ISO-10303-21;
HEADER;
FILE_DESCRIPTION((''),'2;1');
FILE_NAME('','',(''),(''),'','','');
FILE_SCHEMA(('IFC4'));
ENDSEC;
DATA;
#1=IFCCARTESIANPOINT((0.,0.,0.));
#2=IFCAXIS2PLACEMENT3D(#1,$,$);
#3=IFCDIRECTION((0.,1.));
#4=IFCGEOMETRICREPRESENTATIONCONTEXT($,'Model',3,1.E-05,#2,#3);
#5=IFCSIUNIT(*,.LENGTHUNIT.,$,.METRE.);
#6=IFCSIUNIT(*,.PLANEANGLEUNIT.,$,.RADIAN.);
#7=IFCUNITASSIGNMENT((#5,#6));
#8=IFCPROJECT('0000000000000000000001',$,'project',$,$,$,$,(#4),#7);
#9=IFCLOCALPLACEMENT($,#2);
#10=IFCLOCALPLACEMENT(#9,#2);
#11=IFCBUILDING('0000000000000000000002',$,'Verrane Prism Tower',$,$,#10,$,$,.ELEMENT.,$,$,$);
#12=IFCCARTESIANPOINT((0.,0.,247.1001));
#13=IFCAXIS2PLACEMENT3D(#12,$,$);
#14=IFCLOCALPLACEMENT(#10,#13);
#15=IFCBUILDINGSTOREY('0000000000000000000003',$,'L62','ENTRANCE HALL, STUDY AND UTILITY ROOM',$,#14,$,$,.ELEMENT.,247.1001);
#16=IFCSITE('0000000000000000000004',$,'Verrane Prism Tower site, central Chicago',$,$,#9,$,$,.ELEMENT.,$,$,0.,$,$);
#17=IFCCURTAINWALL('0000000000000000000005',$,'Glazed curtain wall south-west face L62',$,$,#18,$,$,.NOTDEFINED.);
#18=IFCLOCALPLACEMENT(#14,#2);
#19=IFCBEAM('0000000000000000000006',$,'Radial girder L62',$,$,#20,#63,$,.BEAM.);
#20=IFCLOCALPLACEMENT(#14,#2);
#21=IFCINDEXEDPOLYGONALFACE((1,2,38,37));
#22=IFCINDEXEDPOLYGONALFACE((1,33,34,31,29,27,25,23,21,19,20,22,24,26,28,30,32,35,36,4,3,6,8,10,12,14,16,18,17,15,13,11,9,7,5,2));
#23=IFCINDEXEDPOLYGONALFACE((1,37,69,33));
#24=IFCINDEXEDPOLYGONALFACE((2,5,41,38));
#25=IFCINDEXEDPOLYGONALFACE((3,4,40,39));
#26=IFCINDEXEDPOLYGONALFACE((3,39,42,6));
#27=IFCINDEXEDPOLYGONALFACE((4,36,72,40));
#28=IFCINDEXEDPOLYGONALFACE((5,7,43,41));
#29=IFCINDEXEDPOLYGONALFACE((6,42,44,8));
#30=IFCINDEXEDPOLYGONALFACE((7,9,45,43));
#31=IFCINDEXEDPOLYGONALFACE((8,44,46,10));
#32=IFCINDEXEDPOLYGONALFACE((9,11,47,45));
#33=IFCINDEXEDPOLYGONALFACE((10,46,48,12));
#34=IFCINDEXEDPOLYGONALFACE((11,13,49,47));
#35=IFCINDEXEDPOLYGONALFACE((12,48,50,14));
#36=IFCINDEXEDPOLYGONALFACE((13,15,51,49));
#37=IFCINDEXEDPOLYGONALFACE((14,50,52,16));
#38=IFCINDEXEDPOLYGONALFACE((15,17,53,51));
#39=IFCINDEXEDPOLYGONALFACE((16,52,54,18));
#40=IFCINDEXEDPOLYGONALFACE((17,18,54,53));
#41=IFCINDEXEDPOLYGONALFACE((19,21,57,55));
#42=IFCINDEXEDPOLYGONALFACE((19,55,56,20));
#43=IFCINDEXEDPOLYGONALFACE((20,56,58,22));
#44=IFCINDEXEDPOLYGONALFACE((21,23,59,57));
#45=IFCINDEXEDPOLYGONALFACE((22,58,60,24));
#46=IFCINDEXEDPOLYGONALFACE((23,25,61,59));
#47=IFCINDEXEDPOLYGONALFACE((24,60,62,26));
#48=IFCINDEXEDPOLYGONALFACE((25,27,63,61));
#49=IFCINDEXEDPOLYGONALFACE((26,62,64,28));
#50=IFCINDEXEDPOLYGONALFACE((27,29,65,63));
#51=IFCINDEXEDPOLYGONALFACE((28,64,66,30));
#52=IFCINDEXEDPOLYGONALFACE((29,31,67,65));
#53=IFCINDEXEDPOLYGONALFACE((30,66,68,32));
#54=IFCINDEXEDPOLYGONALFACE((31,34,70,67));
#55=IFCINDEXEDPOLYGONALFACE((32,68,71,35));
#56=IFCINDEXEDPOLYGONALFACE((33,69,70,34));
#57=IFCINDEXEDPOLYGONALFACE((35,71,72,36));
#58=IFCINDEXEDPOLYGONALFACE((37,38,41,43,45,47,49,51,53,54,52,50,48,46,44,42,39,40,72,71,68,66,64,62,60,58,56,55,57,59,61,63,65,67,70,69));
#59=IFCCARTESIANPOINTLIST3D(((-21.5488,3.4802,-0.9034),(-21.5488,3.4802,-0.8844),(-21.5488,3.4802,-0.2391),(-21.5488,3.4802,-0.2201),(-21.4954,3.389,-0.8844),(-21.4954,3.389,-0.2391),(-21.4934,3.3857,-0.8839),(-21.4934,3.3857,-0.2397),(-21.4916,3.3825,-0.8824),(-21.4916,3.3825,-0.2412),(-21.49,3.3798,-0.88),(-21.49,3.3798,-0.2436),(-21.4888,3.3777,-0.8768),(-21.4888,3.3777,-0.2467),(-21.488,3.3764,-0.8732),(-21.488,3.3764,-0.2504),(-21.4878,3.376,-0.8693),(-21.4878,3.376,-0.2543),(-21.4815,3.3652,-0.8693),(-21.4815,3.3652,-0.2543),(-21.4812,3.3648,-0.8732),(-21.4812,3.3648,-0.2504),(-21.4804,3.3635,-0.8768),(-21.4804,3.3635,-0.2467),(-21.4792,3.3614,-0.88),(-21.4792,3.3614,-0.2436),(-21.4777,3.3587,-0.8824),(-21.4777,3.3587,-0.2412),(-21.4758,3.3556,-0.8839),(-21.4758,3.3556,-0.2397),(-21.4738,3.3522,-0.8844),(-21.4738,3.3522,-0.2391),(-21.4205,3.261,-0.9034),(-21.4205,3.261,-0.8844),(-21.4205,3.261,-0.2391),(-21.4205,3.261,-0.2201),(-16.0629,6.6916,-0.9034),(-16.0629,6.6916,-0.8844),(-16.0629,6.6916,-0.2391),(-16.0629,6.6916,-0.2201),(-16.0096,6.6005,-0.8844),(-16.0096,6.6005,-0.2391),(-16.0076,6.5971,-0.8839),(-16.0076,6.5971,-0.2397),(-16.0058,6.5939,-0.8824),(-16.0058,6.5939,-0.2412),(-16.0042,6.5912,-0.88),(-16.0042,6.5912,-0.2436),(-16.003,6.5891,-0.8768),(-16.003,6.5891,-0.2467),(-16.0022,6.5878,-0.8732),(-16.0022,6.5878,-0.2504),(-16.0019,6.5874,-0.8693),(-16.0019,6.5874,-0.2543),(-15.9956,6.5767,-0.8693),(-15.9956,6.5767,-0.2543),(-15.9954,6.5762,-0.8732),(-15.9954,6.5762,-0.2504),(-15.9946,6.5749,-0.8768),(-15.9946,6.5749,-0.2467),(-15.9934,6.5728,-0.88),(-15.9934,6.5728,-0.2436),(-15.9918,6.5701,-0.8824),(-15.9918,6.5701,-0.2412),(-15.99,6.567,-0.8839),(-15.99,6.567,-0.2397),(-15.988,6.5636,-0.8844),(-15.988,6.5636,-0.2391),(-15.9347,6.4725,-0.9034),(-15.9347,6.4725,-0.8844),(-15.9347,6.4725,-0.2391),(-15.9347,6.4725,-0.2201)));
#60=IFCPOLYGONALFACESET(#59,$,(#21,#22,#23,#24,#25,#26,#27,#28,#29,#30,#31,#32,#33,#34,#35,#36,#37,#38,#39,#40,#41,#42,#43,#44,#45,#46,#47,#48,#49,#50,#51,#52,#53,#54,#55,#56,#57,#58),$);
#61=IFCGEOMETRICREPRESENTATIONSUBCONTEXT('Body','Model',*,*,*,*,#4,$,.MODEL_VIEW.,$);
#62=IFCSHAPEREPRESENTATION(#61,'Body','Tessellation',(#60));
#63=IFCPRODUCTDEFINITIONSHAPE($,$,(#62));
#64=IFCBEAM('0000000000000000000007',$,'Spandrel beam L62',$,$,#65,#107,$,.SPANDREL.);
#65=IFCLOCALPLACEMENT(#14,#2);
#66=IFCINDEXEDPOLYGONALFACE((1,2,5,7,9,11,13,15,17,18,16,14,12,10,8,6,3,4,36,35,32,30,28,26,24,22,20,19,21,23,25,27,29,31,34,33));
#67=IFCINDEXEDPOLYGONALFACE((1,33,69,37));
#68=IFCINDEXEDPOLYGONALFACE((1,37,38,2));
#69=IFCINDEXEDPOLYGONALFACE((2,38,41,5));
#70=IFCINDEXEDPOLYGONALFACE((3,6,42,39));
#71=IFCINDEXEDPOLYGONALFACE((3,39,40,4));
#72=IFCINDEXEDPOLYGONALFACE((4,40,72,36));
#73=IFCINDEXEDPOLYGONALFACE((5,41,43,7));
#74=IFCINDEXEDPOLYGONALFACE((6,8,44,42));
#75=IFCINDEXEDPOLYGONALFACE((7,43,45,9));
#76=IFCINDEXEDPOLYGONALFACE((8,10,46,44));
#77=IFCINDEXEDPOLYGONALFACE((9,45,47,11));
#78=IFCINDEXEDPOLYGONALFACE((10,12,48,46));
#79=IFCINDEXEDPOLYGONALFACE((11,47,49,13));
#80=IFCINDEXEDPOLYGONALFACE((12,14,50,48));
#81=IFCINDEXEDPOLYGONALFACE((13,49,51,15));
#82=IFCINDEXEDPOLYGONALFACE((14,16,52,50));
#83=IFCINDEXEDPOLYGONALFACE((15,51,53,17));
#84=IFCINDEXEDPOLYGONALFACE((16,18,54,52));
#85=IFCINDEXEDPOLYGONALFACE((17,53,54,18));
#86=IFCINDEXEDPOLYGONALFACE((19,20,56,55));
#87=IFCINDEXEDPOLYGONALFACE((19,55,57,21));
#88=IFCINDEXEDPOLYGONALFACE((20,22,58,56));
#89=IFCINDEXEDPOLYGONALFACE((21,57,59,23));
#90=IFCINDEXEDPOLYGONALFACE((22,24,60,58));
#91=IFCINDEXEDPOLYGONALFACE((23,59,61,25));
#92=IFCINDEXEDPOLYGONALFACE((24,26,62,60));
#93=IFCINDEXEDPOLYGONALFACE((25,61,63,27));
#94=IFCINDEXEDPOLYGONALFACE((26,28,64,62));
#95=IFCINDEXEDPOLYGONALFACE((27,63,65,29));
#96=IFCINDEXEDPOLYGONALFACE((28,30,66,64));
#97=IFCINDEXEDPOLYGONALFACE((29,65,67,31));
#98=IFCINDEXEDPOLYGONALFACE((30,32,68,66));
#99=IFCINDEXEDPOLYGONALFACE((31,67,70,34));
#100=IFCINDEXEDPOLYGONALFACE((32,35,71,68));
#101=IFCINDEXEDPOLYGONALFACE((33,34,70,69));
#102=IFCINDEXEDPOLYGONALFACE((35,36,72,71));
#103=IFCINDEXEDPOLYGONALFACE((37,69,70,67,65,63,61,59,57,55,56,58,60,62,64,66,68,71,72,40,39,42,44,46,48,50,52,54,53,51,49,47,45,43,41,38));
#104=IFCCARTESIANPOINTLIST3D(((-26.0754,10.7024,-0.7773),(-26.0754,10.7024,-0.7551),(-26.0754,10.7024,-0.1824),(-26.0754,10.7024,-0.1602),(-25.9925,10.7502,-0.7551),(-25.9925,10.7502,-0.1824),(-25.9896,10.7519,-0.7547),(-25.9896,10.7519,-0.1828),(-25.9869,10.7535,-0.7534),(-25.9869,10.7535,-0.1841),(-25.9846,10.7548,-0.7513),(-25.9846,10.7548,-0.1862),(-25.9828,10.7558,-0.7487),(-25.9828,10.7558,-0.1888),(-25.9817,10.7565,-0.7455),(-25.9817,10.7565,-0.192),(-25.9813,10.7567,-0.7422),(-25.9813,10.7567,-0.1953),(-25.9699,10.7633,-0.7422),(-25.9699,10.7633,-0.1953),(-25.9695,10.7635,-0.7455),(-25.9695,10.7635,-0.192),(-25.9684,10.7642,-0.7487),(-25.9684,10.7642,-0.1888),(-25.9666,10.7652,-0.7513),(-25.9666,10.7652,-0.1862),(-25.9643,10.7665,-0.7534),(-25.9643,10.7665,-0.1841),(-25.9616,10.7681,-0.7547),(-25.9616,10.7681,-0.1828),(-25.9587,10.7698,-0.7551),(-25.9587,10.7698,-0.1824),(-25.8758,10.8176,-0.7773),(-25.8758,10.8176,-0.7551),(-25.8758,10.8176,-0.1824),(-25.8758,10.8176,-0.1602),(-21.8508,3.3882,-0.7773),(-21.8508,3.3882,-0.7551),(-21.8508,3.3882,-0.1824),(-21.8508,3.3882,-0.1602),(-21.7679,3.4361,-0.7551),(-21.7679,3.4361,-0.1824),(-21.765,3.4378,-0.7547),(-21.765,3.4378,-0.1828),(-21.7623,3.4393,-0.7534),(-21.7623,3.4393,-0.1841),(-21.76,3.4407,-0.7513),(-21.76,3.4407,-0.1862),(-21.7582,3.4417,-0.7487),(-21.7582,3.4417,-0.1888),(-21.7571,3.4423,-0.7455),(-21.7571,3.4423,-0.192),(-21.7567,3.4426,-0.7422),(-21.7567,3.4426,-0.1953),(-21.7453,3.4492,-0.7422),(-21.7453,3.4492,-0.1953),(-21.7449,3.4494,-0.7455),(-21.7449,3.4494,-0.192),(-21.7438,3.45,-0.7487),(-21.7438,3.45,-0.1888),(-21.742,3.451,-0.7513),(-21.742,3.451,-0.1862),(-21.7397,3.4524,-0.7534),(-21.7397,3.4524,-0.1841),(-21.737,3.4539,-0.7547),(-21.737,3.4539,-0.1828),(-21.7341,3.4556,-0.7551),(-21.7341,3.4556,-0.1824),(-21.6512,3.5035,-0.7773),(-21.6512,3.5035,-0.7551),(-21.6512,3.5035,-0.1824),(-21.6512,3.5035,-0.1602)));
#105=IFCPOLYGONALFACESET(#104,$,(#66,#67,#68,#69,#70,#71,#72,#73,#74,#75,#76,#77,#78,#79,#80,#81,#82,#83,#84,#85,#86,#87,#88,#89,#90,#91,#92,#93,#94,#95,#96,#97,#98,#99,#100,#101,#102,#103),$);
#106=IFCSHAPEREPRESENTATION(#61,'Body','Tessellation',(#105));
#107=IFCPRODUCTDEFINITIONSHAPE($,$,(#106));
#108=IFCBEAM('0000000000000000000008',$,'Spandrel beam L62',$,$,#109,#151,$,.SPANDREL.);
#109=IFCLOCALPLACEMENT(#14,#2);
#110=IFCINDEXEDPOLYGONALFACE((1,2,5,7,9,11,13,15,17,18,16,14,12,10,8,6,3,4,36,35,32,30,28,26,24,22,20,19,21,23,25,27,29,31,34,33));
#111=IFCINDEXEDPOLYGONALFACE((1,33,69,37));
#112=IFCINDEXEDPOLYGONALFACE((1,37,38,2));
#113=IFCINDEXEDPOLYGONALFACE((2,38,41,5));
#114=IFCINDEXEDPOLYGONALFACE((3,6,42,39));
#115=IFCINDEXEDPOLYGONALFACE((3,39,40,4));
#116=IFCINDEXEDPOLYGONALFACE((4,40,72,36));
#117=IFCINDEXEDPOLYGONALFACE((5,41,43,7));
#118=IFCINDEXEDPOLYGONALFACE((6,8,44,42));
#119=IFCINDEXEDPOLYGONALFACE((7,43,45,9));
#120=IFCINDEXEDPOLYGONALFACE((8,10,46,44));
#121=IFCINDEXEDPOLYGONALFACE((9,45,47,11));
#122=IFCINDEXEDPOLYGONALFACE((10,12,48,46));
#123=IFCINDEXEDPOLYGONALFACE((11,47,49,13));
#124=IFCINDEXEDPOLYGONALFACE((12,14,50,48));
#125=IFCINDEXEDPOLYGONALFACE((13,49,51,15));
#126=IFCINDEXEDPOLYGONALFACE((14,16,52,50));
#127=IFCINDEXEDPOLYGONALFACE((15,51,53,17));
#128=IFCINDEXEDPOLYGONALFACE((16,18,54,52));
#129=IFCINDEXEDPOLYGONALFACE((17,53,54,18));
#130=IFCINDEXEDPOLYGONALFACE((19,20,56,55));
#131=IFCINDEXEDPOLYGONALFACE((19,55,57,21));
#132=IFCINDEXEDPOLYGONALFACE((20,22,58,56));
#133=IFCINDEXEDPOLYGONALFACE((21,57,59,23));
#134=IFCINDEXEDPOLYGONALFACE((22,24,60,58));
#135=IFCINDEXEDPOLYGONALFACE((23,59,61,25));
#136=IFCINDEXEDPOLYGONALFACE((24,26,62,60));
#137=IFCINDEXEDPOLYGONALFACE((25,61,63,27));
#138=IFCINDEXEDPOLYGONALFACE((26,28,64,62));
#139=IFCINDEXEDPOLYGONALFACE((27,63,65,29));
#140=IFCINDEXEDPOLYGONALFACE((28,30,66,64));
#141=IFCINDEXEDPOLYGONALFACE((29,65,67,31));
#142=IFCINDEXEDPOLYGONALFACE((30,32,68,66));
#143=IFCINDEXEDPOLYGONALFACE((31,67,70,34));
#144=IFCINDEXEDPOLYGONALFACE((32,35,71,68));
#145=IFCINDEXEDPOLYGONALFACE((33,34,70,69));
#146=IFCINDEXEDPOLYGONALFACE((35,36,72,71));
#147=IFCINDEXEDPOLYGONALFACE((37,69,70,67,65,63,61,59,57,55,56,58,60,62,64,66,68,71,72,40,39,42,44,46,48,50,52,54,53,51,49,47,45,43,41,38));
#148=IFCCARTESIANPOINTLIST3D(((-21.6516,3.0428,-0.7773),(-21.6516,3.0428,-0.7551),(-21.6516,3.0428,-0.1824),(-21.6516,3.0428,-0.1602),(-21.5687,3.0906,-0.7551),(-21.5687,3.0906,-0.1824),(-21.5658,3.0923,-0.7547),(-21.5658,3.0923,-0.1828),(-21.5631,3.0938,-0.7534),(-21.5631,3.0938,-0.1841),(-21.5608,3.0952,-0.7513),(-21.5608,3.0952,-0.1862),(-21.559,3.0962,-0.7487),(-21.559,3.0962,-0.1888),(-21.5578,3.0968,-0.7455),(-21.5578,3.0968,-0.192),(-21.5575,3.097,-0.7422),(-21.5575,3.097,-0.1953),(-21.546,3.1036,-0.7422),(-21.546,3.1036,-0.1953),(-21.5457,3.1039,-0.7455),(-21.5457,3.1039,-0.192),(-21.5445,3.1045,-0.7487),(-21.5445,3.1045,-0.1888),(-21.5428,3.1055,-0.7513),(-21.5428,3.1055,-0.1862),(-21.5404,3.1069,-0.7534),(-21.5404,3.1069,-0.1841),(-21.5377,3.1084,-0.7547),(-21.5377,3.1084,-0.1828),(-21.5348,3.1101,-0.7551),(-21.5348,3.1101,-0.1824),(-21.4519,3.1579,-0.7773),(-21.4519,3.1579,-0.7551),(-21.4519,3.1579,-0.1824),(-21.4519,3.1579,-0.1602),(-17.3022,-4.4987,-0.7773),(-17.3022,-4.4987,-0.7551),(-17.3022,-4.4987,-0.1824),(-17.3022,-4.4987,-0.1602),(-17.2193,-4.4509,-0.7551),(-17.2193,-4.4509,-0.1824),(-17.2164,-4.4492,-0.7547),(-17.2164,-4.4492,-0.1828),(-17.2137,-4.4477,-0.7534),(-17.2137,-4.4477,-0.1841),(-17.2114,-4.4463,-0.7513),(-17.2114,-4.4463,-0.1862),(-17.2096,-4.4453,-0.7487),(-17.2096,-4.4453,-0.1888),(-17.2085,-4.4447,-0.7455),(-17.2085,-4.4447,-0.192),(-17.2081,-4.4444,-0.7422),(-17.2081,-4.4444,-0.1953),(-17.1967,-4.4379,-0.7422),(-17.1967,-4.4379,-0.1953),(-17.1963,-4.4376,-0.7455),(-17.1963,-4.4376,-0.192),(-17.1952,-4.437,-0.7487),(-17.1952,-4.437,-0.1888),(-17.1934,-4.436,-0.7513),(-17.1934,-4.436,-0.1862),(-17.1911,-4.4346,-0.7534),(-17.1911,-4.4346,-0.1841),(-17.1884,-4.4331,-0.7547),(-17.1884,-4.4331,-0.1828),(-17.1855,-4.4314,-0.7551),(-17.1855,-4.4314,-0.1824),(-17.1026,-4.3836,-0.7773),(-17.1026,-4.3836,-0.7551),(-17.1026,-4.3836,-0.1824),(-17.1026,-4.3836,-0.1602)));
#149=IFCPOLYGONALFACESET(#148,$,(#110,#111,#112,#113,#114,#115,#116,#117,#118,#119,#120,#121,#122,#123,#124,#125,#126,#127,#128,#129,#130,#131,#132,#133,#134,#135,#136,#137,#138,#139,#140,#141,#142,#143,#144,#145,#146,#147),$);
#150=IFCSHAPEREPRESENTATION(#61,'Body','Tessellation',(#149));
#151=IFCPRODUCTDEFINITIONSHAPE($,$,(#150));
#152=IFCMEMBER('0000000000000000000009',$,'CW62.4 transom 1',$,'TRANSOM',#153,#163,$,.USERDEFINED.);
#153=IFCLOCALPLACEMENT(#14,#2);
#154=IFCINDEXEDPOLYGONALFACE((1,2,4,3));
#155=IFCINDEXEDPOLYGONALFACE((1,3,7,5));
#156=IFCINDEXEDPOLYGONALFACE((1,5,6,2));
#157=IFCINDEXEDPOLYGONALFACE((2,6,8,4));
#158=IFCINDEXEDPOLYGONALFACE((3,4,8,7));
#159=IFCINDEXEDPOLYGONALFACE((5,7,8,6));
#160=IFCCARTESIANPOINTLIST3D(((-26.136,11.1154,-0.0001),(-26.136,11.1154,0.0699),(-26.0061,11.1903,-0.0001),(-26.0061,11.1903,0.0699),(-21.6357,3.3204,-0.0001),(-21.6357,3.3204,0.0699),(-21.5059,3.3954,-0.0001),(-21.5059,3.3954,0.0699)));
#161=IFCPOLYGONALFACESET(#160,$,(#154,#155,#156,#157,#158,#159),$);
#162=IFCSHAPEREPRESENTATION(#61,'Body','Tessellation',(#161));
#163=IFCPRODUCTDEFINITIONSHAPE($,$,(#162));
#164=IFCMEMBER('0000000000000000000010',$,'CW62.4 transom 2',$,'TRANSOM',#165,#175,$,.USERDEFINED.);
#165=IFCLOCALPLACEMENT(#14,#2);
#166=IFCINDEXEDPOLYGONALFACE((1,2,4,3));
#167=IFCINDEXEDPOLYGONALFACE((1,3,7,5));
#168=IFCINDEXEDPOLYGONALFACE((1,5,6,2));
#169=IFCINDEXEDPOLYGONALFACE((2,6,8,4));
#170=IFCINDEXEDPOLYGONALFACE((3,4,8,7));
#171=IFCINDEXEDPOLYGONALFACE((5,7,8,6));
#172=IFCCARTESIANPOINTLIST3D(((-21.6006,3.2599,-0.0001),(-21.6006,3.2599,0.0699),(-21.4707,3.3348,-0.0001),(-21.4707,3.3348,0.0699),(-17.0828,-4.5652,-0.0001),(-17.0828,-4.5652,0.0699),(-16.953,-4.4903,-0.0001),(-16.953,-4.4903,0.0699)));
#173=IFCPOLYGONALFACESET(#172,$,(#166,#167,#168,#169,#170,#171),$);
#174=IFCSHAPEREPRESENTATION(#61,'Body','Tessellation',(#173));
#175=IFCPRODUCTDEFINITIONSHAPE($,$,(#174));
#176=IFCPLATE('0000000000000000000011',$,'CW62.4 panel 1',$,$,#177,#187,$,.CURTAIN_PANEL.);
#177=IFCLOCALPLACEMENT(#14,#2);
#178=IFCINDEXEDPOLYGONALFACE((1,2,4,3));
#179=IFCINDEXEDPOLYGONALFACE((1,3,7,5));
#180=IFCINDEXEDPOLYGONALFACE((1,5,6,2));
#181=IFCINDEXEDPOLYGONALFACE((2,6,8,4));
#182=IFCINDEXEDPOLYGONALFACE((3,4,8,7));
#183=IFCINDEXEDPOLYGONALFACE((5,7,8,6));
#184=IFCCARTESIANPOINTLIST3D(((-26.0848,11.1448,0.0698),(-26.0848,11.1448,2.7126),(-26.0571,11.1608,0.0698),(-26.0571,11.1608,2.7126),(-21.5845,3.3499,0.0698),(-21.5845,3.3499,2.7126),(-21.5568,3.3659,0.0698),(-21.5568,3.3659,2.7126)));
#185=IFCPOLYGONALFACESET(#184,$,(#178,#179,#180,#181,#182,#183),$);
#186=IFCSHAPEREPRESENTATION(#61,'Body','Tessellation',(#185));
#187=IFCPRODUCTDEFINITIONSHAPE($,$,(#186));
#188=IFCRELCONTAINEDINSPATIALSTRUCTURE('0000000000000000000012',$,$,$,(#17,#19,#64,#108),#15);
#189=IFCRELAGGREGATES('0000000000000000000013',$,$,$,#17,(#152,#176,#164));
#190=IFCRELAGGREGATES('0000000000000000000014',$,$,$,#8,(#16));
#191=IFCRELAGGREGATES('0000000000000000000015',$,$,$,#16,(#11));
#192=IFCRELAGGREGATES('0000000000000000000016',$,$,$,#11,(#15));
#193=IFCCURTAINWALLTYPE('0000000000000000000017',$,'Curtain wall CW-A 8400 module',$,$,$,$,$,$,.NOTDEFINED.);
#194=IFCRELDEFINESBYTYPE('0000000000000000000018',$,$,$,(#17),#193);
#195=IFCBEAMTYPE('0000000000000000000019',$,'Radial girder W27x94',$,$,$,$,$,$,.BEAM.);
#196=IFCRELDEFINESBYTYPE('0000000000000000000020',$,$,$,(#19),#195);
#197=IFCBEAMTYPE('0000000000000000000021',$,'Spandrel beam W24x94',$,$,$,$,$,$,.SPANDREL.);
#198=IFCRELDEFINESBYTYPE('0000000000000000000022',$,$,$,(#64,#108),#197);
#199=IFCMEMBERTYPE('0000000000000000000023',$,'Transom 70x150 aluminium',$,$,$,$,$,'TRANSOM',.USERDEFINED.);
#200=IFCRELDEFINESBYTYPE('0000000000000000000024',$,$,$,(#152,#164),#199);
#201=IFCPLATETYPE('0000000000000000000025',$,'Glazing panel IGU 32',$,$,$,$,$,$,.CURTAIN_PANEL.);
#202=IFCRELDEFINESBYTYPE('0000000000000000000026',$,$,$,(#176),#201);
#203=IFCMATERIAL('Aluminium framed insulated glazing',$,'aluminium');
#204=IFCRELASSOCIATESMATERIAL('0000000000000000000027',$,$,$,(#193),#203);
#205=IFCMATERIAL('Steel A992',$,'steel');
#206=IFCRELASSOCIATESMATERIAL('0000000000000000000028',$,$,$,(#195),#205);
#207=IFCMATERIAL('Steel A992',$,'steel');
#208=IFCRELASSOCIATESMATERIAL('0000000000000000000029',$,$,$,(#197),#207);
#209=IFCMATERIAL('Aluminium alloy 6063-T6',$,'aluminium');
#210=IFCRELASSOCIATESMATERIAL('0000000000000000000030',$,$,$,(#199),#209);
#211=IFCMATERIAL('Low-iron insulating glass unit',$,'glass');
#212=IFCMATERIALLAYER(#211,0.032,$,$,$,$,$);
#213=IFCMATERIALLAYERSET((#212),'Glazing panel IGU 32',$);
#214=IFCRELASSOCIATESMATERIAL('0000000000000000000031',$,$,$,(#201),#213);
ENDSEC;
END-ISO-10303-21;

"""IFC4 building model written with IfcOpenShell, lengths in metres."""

from ifc_helpers import new_model, si_unit, direction, frame, origin, origin_2d, place, context, subcontext, project, spatial, rectangle, i_section, extrude, material, layer, layer_set, material_profile, profile_set, type_object, element, aggregate, save


model = new_model("IFC4")

# Units and contexts
model_context = context("Model", 3, precision=1e-05, world=origin(), true_north=direction((0.0, 1.0)))
body_context = subcontext(model_context, "Body", "Model", "MODEL_VIEW")
ifc_project = project(units=[si_unit("LENGTHUNIT", "METRE"), si_unit("PLANEANGLEUNIT", "RADIAN")], contexts=[model_context])

# Site, building, storey
site_placement = place(None, origin())
site = spatial("IfcSite", under=ifc_project, at=site_placement, Name="Verrane Prism Tower site, central Chicago", CompositionType="ELEMENT", RefElevation=0.0)
building_placement = place(site_placement, origin())
building = spatial("IfcBuilding", under=site, at=building_placement, Name="Verrane Prism Tower", CompositionType="ELEMENT")
storey_placement = place(building_placement, frame((0.0, 0.0, 247.1001)))
storey = spatial("IfcBuildingStorey", under=building, at=storey_placement, Name="L62", Description="ENTRANCE HALL, STUDY AND UTILITY ROOM", CompositionType="ELEMENT", Elevation=247.1001)

# Curtain wall
ifc_material_1 = material(Name="Aluminium framed insulated glazing", Category="aluminium")
curtain_wall_type = type_object("IfcCurtainWallType", Name="Curtain wall CW-A 8400 module", PredefinedType="NOTDEFINED", material=ifc_material_1)
curtain_wall_placement = place(storey_placement, origin())
curtain_wall = element("IfcCurtainWall", 1, at=curtain_wall_placement, inside=storey, type_object=curtain_wall_type, Name="Glazed curtain wall south-west face L62", PredefinedType="NOTDEFINED")

# Beams
ifc_material_2 = material(Name="Steel A992", Category="steel")
ifc_material_profile_1 = material_profile(ifc_material_2, i_section(OverallWidth=0.2539, OverallDepth=0.6833, WebThickness=0.0125, FlangeThickness=0.019, FilletRadius=0.0151, at=origin_2d()), Name="W27x94")
ifc_profile_set_1 = profile_set([ifc_material_profile_1], Name="Steel A992")
beam_type_1 = type_object("IfcBeamType", Name="Radial girder W27x94", PredefinedType="BEAM", material=ifc_profile_set_1)
beam_1_placement = place(storey_placement, frame((-21.4846, 3.3706, -0.5618), z_axis=(0.863001, 0.505203, 0.0), x_axis=(-0.505203, 0.863001, 0.0)))
element("IfcBeam", 2, at=beam_1_placement, inside=storey, type_object=beam_type_1, Name="Radial girder L62", PredefinedType="BEAM", context=body_context, shape_type="SweptSolid", body=[
    extrude(i_section(OverallWidth=0.2539, OverallDepth=0.6833, WebThickness=0.0125, FlangeThickness=0.019, FilletRadius=0.0151, at=origin_2d()), origin(), (0.0, 0.0, 1.0), 6.3567),
])
ifc_material_3 = material(Name="Steel A992", Category="steel")
ifc_material_profile_2 = material_profile(ifc_material_3, i_section(OverallWidth=0.2305, OverallDepth=0.6172, WebThickness=0.0132, FlangeThickness=0.0222, FilletRadius=0.0129, at=origin_2d()), Name="W24x94")
ifc_profile_set_2 = profile_set([ifc_material_profile_2], Name="Steel A992")
beam_type_2 = type_object("IfcBeamType", Name="Spandrel beam W24x94", PredefinedType="SPANDREL", material=ifc_profile_set_2)
beam_2_placement = place(storey_placement, frame((-25.9756, 10.76, -0.4688), z_axis=(0.500155, -0.865936, 0.0), x_axis=(0.865936, 0.500155, 0.0)))
element("IfcBeam", 3, at=beam_2_placement, inside=storey, type_object=beam_type_2, Name="Spandrel beam L62", PredefinedType="SPANDREL", context=body_context, shape_type="SweptSolid", body=[
    extrude(i_section(OverallWidth=0.2305, OverallDepth=0.6172, WebThickness=0.0132, FlangeThickness=0.0222, FilletRadius=0.0129, at=origin_2d()), origin(), (0.0, 0.0, 1.0), 8.4465),
])
beam_3_placement = place(storey_placement, frame((-21.5518, 3.1003, -0.4688), z_axis=(0.499593, -0.86626, 0.0), x_axis=(0.86626, 0.499593, 0.0)))
element("IfcBeam", 4, at=beam_3_placement, inside=storey, type_object=beam_type_2, Name="Spandrel beam L62", PredefinedType="SPANDREL", context=body_context, shape_type="SweptSolid", body=[
    extrude(i_section(OverallWidth=0.2305, OverallDepth=0.6172, WebThickness=0.0132, FlangeThickness=0.0222, FilletRadius=0.0129, at=origin_2d()), origin(), (0.0, 0.0, 1.0), 8.7058),
])

# Members
ifc_material_4 = material(Name="Aluminium alloy 6063-T6", Category="aluminium")
ifc_material_profile_3 = material_profile(ifc_material_4, rectangle(XDim=0.1499, YDim=0.0701, at=origin_2d()), Name="Transom 70x150 aluminium")
ifc_profile_set_3 = profile_set([ifc_material_profile_3], Name="Aluminium alloy 6063-T6")
member_type_1 = type_object("IfcMemberType", Name="Transom 70x150 aluminium", ElementType="TRANSOM", PredefinedType="USERDEFINED", material=ifc_profile_set_3)
member_1_placement = place(storey_placement, frame((-26.071, 11.1528, 0.0349), z_axis=(0.499987, -0.866033, 0.0), x_axis=(0.866033, 0.499987, 0.0)))
member_1 = element("IfcMember", 5, at=member_1_placement, type_object=member_type_1, Name="CW62.4 transom 1", ObjectType="TRANSOM", PredefinedType="USERDEFINED", context=body_context, shape_type="SweptSolid", body=[
    extrude(rectangle(XDim=0.1499, YDim=0.0701, at=origin_2d()), origin(), (0.0, 0.0, 1.0), 9.0007),
])
member_2_placement = place(storey_placement, frame((-21.5356, 3.2974, 0.0349), z_axis=(0.499995, -0.866028, 0.0), x_axis=(0.866028, 0.499995, 0.0)))
member_2 = element("IfcMember", 6, at=member_2_placement, type_object=member_type_1, Name="CW62.4 transom 2", ObjectType="TRANSOM", PredefinedType="USERDEFINED", context=body_context, shape_type="SweptSolid", body=[
    extrude(rectangle(XDim=0.1499, YDim=0.0701, at=origin_2d()), origin(), (0.0, 0.0, 1.0), 9.0356),
])

# Plate
ifc_material_5 = material(Name="Low-iron insulating glass unit", Category="glass")
ifc_layer_1 = layer(ifc_material_5, 0.032)
ifc_layer_set_1 = layer_set([ifc_layer_1], Name="Glazing panel IGU 32")
plate_type = type_object("IfcPlateType", Name="Glazing panel IGU 32", PredefinedType="CURTAIN_PANEL", material=ifc_layer_set_1)
plate_placement = place(storey_placement, frame((-23.8208, 7.2554, 0.0698), z_axis=(0.0, 0.0, 1.0), x_axis=(0.5, -0.866026, 0.0)))
plate = element("IfcPlate", 7, at=plate_placement, type_object=plate_type, Name="CW62.4 panel 1", PredefinedType="CURTAIN_PANEL", context=body_context, shape_type="SweptSolid", body=[
    extrude(rectangle(XDim=9.0007, YDim=0.032, at=origin_2d()), origin(), (0.0, 0.0, 1.0), 2.6428),
])
aggregate(curtain_wall, [member_1, plate, member_2])

save(model, "model.ifc")
